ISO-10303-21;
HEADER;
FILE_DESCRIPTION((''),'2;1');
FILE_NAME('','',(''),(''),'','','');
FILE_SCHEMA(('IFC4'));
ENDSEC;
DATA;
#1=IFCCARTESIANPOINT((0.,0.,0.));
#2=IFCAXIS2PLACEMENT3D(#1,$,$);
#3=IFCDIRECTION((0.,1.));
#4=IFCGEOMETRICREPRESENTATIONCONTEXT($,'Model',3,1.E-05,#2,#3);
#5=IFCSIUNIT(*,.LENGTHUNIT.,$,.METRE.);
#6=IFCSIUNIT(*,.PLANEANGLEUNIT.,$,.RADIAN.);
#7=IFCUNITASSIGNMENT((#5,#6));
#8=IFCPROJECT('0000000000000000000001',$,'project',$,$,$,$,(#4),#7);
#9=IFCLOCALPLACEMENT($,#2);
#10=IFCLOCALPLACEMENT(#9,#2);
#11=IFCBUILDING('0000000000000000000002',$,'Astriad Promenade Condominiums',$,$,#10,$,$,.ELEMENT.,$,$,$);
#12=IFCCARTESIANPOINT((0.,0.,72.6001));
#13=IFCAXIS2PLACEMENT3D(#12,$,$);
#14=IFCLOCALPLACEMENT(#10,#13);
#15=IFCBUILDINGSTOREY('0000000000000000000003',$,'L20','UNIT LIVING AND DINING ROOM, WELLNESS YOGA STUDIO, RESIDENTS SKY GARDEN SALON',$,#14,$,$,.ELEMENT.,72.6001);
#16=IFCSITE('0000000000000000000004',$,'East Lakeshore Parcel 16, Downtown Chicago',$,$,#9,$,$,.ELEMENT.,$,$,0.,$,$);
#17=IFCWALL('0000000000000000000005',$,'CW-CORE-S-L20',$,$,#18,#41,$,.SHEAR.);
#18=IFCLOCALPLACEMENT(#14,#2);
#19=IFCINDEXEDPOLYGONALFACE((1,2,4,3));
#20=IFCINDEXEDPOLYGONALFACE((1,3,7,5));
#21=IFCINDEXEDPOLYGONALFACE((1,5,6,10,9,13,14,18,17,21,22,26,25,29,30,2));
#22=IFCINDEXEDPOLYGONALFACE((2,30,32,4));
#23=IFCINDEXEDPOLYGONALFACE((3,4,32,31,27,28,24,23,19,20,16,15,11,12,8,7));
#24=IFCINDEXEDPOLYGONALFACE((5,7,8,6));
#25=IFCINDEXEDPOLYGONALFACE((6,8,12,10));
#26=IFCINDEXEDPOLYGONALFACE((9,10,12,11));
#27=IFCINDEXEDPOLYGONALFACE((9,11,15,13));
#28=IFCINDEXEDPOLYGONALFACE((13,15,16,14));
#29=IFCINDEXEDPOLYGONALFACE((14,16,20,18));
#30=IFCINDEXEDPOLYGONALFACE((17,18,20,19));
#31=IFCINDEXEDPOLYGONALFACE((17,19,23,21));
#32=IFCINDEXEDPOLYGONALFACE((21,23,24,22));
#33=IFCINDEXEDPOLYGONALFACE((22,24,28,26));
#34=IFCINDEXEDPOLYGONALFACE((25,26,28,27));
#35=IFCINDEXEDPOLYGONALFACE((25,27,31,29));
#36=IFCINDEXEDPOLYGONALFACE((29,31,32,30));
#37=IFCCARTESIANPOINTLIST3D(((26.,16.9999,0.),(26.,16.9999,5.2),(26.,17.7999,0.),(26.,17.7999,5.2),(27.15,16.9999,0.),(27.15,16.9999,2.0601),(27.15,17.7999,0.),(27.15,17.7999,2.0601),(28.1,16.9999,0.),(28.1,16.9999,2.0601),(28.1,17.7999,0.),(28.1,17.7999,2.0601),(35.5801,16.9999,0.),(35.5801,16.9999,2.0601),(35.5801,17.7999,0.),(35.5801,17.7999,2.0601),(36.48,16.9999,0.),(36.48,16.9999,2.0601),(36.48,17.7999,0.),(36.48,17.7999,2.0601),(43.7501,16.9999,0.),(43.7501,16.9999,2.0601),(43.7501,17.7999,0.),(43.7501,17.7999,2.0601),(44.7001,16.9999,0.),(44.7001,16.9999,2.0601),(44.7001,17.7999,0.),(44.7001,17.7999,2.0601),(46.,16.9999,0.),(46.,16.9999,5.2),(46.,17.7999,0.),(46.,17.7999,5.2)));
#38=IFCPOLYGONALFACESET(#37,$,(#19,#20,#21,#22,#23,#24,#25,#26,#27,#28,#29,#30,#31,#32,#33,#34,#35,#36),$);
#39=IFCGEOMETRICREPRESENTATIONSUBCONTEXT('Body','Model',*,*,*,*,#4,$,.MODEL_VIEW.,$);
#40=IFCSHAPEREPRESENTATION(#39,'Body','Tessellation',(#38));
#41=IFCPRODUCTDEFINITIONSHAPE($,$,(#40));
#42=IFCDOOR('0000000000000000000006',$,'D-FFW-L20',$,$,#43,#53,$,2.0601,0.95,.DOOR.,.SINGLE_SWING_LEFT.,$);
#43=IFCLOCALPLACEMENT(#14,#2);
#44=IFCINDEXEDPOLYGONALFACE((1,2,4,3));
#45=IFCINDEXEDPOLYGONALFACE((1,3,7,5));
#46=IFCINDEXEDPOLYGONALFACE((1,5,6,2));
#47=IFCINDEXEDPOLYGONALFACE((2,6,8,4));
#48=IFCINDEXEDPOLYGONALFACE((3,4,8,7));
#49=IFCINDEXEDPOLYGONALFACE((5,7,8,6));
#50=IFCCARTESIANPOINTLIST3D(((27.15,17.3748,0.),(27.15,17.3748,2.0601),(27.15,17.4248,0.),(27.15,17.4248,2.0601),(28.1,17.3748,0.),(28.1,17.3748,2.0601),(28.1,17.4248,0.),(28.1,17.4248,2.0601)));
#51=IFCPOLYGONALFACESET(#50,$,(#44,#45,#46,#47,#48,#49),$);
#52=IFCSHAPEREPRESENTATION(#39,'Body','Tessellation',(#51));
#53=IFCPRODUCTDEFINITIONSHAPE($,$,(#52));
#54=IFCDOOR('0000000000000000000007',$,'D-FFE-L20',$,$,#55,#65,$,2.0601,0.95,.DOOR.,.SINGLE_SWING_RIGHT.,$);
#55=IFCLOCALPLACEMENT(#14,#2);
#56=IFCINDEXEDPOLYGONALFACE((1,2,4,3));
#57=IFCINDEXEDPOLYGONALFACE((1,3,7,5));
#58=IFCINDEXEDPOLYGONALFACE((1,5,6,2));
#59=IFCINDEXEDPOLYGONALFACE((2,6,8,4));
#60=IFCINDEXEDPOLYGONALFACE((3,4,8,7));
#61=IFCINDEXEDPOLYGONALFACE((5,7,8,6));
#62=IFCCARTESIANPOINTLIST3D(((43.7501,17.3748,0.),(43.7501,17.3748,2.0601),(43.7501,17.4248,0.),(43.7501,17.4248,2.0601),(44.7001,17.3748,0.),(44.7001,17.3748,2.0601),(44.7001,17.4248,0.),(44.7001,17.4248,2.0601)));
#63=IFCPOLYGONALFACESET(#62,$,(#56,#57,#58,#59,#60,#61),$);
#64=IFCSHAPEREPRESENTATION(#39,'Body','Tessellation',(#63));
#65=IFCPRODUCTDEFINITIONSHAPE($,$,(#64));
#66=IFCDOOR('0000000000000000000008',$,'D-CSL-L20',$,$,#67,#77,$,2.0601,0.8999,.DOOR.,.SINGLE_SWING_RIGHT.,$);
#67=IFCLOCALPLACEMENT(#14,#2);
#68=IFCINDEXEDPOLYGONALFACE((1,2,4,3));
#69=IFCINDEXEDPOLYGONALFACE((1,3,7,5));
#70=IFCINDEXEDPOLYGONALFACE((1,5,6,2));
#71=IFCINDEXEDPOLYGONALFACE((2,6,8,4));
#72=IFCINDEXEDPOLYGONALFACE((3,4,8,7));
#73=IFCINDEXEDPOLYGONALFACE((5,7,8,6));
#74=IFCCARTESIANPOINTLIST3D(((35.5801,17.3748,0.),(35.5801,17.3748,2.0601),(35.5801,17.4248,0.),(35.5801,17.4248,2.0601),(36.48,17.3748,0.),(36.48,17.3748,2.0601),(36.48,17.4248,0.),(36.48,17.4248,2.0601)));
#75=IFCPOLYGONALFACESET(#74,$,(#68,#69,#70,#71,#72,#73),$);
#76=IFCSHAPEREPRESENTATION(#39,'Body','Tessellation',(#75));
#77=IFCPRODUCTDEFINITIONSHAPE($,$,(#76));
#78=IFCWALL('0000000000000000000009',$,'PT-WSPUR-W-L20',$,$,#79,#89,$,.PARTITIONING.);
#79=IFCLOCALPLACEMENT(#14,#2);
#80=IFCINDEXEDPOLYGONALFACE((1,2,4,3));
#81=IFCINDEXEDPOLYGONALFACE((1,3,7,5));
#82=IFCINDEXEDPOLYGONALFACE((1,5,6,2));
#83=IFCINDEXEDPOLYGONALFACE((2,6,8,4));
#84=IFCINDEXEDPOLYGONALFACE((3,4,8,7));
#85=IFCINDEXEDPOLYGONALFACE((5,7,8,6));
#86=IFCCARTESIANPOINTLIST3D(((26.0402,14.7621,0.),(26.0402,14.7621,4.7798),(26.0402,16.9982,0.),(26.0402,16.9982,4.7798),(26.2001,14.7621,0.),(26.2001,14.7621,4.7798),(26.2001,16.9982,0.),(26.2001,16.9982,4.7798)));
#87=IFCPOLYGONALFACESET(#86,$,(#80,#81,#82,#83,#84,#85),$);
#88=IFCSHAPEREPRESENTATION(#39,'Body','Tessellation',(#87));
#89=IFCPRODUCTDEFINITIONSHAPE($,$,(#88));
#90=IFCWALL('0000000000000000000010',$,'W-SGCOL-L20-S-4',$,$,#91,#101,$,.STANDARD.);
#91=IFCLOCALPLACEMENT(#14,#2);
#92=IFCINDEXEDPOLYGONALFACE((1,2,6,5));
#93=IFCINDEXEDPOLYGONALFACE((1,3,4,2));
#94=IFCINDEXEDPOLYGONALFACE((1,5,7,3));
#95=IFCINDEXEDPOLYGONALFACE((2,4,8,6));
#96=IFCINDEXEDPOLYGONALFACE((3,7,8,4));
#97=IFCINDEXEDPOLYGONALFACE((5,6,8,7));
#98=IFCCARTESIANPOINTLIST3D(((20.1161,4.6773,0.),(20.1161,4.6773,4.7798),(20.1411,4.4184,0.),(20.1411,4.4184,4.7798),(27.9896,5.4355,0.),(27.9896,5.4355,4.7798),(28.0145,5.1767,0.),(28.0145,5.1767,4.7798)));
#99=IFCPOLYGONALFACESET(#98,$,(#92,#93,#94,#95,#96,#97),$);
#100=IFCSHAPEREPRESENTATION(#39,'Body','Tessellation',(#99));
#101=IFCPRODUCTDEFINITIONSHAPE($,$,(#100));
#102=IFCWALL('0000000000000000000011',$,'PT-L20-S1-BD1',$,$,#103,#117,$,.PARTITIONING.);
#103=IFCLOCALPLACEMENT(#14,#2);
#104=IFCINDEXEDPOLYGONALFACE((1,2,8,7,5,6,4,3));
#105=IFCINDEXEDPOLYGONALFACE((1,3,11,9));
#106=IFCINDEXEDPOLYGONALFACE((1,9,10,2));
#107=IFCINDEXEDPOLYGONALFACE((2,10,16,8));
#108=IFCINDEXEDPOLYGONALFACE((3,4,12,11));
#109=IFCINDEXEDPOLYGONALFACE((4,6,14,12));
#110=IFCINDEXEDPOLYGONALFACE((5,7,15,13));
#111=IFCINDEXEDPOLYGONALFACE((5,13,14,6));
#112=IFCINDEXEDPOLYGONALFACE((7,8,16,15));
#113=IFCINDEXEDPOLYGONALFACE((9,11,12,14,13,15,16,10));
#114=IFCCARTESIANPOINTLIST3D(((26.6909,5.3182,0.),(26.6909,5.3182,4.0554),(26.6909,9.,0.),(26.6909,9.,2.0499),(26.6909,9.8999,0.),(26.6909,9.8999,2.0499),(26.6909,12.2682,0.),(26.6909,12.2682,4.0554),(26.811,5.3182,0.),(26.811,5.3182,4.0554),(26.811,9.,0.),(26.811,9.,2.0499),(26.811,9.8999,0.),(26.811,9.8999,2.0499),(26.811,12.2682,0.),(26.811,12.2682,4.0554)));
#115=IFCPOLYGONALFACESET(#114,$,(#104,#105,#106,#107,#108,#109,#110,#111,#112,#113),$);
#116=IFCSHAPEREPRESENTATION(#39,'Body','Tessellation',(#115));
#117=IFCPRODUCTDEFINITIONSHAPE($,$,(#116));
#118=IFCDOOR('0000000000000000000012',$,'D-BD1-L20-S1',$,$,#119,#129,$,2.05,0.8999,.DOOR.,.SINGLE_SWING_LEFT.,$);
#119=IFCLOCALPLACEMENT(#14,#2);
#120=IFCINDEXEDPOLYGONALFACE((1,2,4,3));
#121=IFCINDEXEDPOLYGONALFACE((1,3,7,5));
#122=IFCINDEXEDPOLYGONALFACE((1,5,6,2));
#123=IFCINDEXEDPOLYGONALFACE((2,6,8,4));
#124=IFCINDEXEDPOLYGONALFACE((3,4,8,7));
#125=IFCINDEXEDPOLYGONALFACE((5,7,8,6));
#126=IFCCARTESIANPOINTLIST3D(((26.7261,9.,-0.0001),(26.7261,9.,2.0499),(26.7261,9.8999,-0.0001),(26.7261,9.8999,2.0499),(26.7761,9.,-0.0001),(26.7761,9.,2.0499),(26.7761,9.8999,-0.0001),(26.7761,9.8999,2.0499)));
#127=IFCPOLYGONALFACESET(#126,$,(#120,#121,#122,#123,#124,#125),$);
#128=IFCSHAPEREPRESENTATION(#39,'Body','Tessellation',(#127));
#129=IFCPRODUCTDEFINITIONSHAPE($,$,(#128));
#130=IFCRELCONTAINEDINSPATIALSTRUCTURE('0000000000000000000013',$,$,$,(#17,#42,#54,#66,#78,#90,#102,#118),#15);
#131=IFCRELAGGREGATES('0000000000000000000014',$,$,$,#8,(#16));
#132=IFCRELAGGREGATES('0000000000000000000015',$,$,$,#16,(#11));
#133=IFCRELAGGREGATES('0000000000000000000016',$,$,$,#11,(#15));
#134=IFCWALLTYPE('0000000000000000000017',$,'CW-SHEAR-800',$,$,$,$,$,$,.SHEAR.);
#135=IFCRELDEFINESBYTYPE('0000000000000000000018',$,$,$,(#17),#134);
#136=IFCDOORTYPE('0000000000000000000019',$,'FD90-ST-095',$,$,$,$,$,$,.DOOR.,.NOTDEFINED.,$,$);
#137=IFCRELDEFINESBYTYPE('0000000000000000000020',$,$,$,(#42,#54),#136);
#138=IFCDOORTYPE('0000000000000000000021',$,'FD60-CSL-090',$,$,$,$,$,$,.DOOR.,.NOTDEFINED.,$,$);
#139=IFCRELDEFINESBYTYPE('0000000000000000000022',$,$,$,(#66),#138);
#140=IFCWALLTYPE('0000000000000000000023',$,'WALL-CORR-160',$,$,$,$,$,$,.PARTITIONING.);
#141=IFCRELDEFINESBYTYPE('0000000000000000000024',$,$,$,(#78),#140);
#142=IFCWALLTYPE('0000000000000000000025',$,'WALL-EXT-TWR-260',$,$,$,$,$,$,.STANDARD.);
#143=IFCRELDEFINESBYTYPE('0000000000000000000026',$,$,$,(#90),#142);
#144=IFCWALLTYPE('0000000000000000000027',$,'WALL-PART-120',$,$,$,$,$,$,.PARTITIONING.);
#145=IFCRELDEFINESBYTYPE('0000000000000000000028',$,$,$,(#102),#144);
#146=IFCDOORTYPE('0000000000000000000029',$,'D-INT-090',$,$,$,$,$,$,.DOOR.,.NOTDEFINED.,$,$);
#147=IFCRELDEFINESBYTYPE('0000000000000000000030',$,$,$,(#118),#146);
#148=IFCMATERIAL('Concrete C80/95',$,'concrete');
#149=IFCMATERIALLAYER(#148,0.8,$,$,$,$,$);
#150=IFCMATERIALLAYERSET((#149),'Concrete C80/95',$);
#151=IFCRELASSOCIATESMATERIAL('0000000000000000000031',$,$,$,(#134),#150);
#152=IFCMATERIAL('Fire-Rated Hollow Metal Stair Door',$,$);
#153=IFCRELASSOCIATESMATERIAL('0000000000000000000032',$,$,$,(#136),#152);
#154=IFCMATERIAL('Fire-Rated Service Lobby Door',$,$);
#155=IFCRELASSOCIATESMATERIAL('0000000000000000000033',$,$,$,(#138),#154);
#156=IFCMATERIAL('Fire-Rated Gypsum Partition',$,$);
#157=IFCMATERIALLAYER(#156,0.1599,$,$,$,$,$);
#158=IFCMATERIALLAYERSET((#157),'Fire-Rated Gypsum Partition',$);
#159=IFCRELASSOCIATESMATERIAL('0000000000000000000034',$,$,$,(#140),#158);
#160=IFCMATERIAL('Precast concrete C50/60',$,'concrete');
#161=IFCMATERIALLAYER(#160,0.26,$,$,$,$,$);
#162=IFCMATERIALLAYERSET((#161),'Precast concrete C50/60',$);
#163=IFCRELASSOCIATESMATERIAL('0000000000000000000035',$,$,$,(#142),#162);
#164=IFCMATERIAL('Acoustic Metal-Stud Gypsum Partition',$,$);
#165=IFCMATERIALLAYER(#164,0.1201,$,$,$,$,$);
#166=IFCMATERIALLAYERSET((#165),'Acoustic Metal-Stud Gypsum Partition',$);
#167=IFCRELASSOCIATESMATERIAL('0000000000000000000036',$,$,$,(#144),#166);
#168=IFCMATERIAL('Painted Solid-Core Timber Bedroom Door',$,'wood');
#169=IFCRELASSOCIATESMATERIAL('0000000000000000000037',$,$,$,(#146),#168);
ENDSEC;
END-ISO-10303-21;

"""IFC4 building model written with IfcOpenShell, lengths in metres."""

from ifc_helpers import new_model, si_unit, direction, frame, frame_2d, origin, place, context, subcontext, project, spatial, rectangle, extrude, source, transform, mapped, material, layer, layer_set, type_object, type_shapes, element, fill, save


model = new_model("IFC4")

# Units and contexts
model_context = context("Model", 3, precision=1e-05, world=origin(), true_north=direction((0.0, 1.0)))
body_context = subcontext(model_context, "Body", "Model", "MODEL_VIEW")
ifc_project = project(units=[si_unit("LENGTHUNIT", "METRE"), si_unit("PLANEANGLEUNIT", "RADIAN")], contexts=[model_context])

# Site, building, storey
site_placement = place(None, origin())
site = spatial("IfcSite", under=ifc_project, at=site_placement, Name="East Lakeshore Parcel 16, Downtown Chicago", CompositionType="ELEMENT", RefElevation=0.0)
building_placement = place(site_placement, origin())
building = spatial("IfcBuilding", under=site, at=building_placement, Name="Astriad Promenade Condominiums", CompositionType="ELEMENT")
storey_placement = place(building_placement, frame((0.0, 0.0, 72.6001)))
storey = spatial("IfcBuildingStorey", under=building, at=storey_placement, Name="L20", Description="UNIT LIVING AND DINING ROOM, WELLNESS YOGA STUDIO, RESIDENTS SKY GARDEN SALON", CompositionType="ELEMENT", Elevation=72.6001)

# Wall, openings, doors
ifc_material_1 = material(Name="Concrete C80/95", Category="concrete")
ifc_layer_1 = layer(ifc_material_1, 0.8)
ifc_layer_set_1 = layer_set([ifc_layer_1], Name="Concrete C80/95")
wall_type_1 = type_object("IfcWallType", Name="CW-SHEAR-800", PredefinedType="SHEAR", material=ifc_layer_set_1)
wall_1_placement = place(storey_placement, frame((26.0, 17.3999, 0.0), z_axis=(0.0, 0.0, 1.0), x_axis=(1.0, 0.0, 0.0)))
wall_1 = element("IfcWall", 1, at=wall_1_placement, inside=storey, type_object=wall_type_1, Name="CW-CORE-S-L20", PredefinedType="SHEAR", context=body_context, shape_type="SweptSolid", body=[
    extrude(rectangle(XDim=20.0, YDim=0.8, at=frame_2d((10.0, 0.0))), origin(), (0.0, 0.0, 1.0), 5.2),
])
opening_1_placement = place(wall_1_placement, frame((1.1499, 0.0, 0.0)))
opening_1 = element("IfcOpeningElement", 2, at=opening_1_placement, cuts=wall_1, PredefinedType="OPENING", context=body_context, shape_type="SweptSolid", body=[
    extrude(rectangle(XDim=0.95, YDim=2.0601, at=frame_2d((0.4751, 1.03))), frame((0.0, 0.4099, 0.0), z_axis=(0.0, -1.0, 0.0), x_axis=(1.0, 0.0, 0.0)), (0.0, 0.0, 1.0), 0.8201),
])
opening_2_placement = place(wall_1_placement, frame((9.5801, 0.0, 0.0)))
opening_2 = element("IfcOpeningElement", 3, at=opening_2_placement, cuts=wall_1, PredefinedType="OPENING", context=body_context, shape_type="SweptSolid", body=[
    extrude(rectangle(XDim=0.8999, YDim=2.0601, at=frame_2d((0.45, 1.03))), frame((0.0, 0.4099, 0.0), z_axis=(0.0, -1.0, 0.0), x_axis=(1.0, 0.0, 0.0)), (0.0, 0.0, 1.0), 0.8201),
])
opening_3_placement = place(wall_1_placement, frame((17.75, 0.0, 0.0)))
opening_3 = element("IfcOpeningElement", 4, at=opening_3_placement, cuts=wall_1, PredefinedType="OPENING", context=body_context, shape_type="SweptSolid", body=[
    extrude(rectangle(XDim=0.95, YDim=2.0601, at=frame_2d((0.4751, 1.03))), frame((0.0, 0.4099, 0.0), z_axis=(0.0, -1.0, 0.0), x_axis=(1.0, 0.0, 0.0)), (0.0, 0.0, 1.0), 0.8201),
])
ifc_material_2 = material(Name="Fire-Rated Hollow Metal Stair Door")
door_type_1 = type_object("IfcDoorType", Name="FD90-ST-095", OperationType="NOTDEFINED", PredefinedType="DOOR", material=ifc_material_2)
shared_shape_1 = source(origin(), body_context, "Body", "SweptSolid", [
    extrude(rectangle(XDim=0.95, YDim=2.0601, at=frame_2d((0.4751, 1.03))), frame((0.0, 0.0249, 0.0), z_axis=(0.0, -1.0, 0.0), x_axis=(1.0, 0.0, 0.0)), (0.0, 0.0, 1.0), 0.05),
])
type_shapes(door_type_1, [shared_shape_1])
door_1_placement = place(opening_1_placement, origin())
door_1 = element("IfcDoor", 5, at=door_1_placement, inside=storey, type_object=door_type_1, Name="D-FFW-L20", OperationType="SINGLE_SWING_LEFT", OverallHeight=2.0601, OverallWidth=0.95, PredefinedType="DOOR", context=body_context, shape_type="MappedRepresentation", body=[
    mapped(shared_shape_1, transform((0.0, 0.0, 0.0), scale=1.0)),
])
fill(opening_1, door_1)
door_2_placement = place(opening_3_placement, origin())
door_2 = element("IfcDoor", 6, at=door_2_placement, inside=storey, type_object=door_type_1, Name="D-FFE-L20", OperationType="SINGLE_SWING_RIGHT", OverallHeight=2.0601, OverallWidth=0.95, PredefinedType="DOOR", context=body_context, shape_type="MappedRepresentation", body=[
    mapped(shared_shape_1, transform((0.0, 0.0, 0.0), scale=1.0)),
])
fill(opening_3, door_2)
ifc_material_3 = material(Name="Fire-Rated Service Lobby Door")
door_type_2 = type_object("IfcDoorType", Name="FD60-CSL-090", OperationType="NOTDEFINED", PredefinedType="DOOR", material=ifc_material_3)
shared_shape_2 = source(origin(), body_context, "Body", "SweptSolid", [
    extrude(rectangle(XDim=0.8999, YDim=2.0601, at=frame_2d((0.45, 1.03))), frame((0.0, 0.0249, 0.0), z_axis=(0.0, -1.0, 0.0), x_axis=(1.0, 0.0, 0.0)), (0.0, 0.0, 1.0), 0.05),
])
type_shapes(door_type_2, [shared_shape_2])
door_3_placement = place(opening_2_placement, origin())
door_3 = element("IfcDoor", 7, at=door_3_placement, inside=storey, type_object=door_type_2, Name="D-CSL-L20", OperationType="SINGLE_SWING_RIGHT", OverallHeight=2.0601, OverallWidth=0.8999, PredefinedType="DOOR", context=body_context, shape_type="MappedRepresentation", body=[
    mapped(shared_shape_2, transform((0.0, 0.0, 0.0), scale=1.0)),
])
fill(opening_2, door_3)

# Walls
ifc_material_4 = material(Name="Fire-Rated Gypsum Partition")
ifc_layer_2 = layer(ifc_material_4, 0.1599)
ifc_layer_set_2 = layer_set([ifc_layer_2], Name="Fire-Rated Gypsum Partition")
wall_type_2 = type_object("IfcWallType", Name="WALL-CORR-160", PredefinedType="PARTITIONING", material=ifc_layer_set_2)
wall_2_placement = place(storey_placement, frame((26.1201, 14.762, 0.0), z_axis=(0.0, 0.0, 1.0), x_axis=(0.0, 1.0, 0.0)))
element("IfcWall", 8, at=wall_2_placement, inside=storey, type_object=wall_type_2, Name="PT-WSPUR-W-L20", PredefinedType="PARTITIONING", context=body_context, shape_type="SweptSolid", body=[
    extrude(rectangle(XDim=2.2361, YDim=0.1599, at=frame_2d((1.1182, 0.0))), origin(), (0.0, 0.0, 1.0), 4.7798),
])
ifc_material_5 = material(Name="Precast concrete C50/60", Category="concrete")
ifc_layer_3 = layer(ifc_material_5, 0.26)
ifc_layer_set_3 = layer_set([ifc_layer_3], Name="Precast concrete C50/60")
wall_type_3 = type_object("IfcWallType", Name="WALL-EXT-TWR-260", PredefinedType="STANDARD", material=ifc_layer_set_3)
wall_3_placement = place(storey_placement, frame((28.0022, 5.3062, 0.0), z_axis=(0.0, 0.0, 1.0), x_axis=(-0.995394, -0.095866, 0.0)))
element("IfcWall", 9, at=wall_3_placement, inside=storey, type_object=wall_type_3, Name="W-SGCOL-L20-S-4", PredefinedType="STANDARD", context=body_context, shape_type="SweptSolid", body=[
    extrude(rectangle(XDim=7.9099, YDim=0.26, at=frame_2d((3.9551, 0.0))), origin(), (0.0, 0.0, 1.0), 4.7798),
])

# Wall, opening, door
ifc_material_6 = material(Name="Acoustic Metal-Stud Gypsum Partition")
ifc_layer_4 = layer(ifc_material_6, 0.1201)
ifc_layer_set_4 = layer_set([ifc_layer_4], Name="Acoustic Metal-Stud Gypsum Partition")
wall_type_4 = type_object("IfcWallType", Name="WALL-PART-120", PredefinedType="PARTITIONING", material=ifc_layer_set_4)
wall_4_placement = place(storey_placement, frame((26.751, 5.3181, 0.0), z_axis=(0.0, 0.0, 1.0), x_axis=(0.0, 1.0, 0.0)))
wall_4 = element("IfcWall", 10, at=wall_4_placement, inside=storey, type_object=wall_type_4, Name="PT-L20-S1-BD1", PredefinedType="PARTITIONING", context=body_context, shape_type="SweptSolid", body=[
    extrude(rectangle(XDim=6.95, YDim=0.1201, at=frame_2d((3.4751, 0.0))), origin(), (0.0, 0.0, 1.0), 4.0554),
])
opening_4_placement = place(wall_4_placement, frame((3.6819, 0.0, 0.0)))
opening_4 = element("IfcOpeningElement", 11, at=opening_4_placement, cuts=wall_4, PredefinedType="OPENING", context=body_context, shape_type="SweptSolid", body=[
    extrude(rectangle(XDim=0.8999, YDim=2.05, at=frame_2d((0.45, 1.0249))), frame((0.0, 0.0701, 0.0), z_axis=(0.0, -1.0, 0.0), x_axis=(1.0, 0.0, 0.0)), (0.0, 0.0, 1.0), 0.1401),
])
ifc_material_7 = material(Name="Painted Solid-Core Timber Bedroom Door", Category="wood")
door_type_3 = type_object("IfcDoorType", Name="D-INT-090", OperationType="NOTDEFINED", PredefinedType="DOOR", material=ifc_material_7)
shared_shape_3 = source(origin(), body_context, "Body", "SweptSolid", [
    extrude(rectangle(XDim=0.8999, YDim=2.05, at=frame_2d((0.45, 1.0249))), frame((0.0, 0.0249, 0.0), z_axis=(0.0, -1.0, 0.0), x_axis=(1.0, 0.0, 0.0)), (0.0, 0.0, 1.0), 0.05),
])
type_shapes(door_type_3, [shared_shape_3])
door_4_placement = place(opening_4_placement, origin())
door_4 = element("IfcDoor", 12, at=door_4_placement, inside=storey, type_object=door_type_3, Name="D-BD1-L20-S1", OperationType="SINGLE_SWING_LEFT", OverallHeight=2.05, OverallWidth=0.8999, PredefinedType="DOOR", context=body_context, shape_type="MappedRepresentation", body=[
    mapped(shared_shape_3, transform((0.0, 0.0, 0.0), scale=1.0)),
])
fill(opening_4, door_4)

save(model, "model.ifc")
